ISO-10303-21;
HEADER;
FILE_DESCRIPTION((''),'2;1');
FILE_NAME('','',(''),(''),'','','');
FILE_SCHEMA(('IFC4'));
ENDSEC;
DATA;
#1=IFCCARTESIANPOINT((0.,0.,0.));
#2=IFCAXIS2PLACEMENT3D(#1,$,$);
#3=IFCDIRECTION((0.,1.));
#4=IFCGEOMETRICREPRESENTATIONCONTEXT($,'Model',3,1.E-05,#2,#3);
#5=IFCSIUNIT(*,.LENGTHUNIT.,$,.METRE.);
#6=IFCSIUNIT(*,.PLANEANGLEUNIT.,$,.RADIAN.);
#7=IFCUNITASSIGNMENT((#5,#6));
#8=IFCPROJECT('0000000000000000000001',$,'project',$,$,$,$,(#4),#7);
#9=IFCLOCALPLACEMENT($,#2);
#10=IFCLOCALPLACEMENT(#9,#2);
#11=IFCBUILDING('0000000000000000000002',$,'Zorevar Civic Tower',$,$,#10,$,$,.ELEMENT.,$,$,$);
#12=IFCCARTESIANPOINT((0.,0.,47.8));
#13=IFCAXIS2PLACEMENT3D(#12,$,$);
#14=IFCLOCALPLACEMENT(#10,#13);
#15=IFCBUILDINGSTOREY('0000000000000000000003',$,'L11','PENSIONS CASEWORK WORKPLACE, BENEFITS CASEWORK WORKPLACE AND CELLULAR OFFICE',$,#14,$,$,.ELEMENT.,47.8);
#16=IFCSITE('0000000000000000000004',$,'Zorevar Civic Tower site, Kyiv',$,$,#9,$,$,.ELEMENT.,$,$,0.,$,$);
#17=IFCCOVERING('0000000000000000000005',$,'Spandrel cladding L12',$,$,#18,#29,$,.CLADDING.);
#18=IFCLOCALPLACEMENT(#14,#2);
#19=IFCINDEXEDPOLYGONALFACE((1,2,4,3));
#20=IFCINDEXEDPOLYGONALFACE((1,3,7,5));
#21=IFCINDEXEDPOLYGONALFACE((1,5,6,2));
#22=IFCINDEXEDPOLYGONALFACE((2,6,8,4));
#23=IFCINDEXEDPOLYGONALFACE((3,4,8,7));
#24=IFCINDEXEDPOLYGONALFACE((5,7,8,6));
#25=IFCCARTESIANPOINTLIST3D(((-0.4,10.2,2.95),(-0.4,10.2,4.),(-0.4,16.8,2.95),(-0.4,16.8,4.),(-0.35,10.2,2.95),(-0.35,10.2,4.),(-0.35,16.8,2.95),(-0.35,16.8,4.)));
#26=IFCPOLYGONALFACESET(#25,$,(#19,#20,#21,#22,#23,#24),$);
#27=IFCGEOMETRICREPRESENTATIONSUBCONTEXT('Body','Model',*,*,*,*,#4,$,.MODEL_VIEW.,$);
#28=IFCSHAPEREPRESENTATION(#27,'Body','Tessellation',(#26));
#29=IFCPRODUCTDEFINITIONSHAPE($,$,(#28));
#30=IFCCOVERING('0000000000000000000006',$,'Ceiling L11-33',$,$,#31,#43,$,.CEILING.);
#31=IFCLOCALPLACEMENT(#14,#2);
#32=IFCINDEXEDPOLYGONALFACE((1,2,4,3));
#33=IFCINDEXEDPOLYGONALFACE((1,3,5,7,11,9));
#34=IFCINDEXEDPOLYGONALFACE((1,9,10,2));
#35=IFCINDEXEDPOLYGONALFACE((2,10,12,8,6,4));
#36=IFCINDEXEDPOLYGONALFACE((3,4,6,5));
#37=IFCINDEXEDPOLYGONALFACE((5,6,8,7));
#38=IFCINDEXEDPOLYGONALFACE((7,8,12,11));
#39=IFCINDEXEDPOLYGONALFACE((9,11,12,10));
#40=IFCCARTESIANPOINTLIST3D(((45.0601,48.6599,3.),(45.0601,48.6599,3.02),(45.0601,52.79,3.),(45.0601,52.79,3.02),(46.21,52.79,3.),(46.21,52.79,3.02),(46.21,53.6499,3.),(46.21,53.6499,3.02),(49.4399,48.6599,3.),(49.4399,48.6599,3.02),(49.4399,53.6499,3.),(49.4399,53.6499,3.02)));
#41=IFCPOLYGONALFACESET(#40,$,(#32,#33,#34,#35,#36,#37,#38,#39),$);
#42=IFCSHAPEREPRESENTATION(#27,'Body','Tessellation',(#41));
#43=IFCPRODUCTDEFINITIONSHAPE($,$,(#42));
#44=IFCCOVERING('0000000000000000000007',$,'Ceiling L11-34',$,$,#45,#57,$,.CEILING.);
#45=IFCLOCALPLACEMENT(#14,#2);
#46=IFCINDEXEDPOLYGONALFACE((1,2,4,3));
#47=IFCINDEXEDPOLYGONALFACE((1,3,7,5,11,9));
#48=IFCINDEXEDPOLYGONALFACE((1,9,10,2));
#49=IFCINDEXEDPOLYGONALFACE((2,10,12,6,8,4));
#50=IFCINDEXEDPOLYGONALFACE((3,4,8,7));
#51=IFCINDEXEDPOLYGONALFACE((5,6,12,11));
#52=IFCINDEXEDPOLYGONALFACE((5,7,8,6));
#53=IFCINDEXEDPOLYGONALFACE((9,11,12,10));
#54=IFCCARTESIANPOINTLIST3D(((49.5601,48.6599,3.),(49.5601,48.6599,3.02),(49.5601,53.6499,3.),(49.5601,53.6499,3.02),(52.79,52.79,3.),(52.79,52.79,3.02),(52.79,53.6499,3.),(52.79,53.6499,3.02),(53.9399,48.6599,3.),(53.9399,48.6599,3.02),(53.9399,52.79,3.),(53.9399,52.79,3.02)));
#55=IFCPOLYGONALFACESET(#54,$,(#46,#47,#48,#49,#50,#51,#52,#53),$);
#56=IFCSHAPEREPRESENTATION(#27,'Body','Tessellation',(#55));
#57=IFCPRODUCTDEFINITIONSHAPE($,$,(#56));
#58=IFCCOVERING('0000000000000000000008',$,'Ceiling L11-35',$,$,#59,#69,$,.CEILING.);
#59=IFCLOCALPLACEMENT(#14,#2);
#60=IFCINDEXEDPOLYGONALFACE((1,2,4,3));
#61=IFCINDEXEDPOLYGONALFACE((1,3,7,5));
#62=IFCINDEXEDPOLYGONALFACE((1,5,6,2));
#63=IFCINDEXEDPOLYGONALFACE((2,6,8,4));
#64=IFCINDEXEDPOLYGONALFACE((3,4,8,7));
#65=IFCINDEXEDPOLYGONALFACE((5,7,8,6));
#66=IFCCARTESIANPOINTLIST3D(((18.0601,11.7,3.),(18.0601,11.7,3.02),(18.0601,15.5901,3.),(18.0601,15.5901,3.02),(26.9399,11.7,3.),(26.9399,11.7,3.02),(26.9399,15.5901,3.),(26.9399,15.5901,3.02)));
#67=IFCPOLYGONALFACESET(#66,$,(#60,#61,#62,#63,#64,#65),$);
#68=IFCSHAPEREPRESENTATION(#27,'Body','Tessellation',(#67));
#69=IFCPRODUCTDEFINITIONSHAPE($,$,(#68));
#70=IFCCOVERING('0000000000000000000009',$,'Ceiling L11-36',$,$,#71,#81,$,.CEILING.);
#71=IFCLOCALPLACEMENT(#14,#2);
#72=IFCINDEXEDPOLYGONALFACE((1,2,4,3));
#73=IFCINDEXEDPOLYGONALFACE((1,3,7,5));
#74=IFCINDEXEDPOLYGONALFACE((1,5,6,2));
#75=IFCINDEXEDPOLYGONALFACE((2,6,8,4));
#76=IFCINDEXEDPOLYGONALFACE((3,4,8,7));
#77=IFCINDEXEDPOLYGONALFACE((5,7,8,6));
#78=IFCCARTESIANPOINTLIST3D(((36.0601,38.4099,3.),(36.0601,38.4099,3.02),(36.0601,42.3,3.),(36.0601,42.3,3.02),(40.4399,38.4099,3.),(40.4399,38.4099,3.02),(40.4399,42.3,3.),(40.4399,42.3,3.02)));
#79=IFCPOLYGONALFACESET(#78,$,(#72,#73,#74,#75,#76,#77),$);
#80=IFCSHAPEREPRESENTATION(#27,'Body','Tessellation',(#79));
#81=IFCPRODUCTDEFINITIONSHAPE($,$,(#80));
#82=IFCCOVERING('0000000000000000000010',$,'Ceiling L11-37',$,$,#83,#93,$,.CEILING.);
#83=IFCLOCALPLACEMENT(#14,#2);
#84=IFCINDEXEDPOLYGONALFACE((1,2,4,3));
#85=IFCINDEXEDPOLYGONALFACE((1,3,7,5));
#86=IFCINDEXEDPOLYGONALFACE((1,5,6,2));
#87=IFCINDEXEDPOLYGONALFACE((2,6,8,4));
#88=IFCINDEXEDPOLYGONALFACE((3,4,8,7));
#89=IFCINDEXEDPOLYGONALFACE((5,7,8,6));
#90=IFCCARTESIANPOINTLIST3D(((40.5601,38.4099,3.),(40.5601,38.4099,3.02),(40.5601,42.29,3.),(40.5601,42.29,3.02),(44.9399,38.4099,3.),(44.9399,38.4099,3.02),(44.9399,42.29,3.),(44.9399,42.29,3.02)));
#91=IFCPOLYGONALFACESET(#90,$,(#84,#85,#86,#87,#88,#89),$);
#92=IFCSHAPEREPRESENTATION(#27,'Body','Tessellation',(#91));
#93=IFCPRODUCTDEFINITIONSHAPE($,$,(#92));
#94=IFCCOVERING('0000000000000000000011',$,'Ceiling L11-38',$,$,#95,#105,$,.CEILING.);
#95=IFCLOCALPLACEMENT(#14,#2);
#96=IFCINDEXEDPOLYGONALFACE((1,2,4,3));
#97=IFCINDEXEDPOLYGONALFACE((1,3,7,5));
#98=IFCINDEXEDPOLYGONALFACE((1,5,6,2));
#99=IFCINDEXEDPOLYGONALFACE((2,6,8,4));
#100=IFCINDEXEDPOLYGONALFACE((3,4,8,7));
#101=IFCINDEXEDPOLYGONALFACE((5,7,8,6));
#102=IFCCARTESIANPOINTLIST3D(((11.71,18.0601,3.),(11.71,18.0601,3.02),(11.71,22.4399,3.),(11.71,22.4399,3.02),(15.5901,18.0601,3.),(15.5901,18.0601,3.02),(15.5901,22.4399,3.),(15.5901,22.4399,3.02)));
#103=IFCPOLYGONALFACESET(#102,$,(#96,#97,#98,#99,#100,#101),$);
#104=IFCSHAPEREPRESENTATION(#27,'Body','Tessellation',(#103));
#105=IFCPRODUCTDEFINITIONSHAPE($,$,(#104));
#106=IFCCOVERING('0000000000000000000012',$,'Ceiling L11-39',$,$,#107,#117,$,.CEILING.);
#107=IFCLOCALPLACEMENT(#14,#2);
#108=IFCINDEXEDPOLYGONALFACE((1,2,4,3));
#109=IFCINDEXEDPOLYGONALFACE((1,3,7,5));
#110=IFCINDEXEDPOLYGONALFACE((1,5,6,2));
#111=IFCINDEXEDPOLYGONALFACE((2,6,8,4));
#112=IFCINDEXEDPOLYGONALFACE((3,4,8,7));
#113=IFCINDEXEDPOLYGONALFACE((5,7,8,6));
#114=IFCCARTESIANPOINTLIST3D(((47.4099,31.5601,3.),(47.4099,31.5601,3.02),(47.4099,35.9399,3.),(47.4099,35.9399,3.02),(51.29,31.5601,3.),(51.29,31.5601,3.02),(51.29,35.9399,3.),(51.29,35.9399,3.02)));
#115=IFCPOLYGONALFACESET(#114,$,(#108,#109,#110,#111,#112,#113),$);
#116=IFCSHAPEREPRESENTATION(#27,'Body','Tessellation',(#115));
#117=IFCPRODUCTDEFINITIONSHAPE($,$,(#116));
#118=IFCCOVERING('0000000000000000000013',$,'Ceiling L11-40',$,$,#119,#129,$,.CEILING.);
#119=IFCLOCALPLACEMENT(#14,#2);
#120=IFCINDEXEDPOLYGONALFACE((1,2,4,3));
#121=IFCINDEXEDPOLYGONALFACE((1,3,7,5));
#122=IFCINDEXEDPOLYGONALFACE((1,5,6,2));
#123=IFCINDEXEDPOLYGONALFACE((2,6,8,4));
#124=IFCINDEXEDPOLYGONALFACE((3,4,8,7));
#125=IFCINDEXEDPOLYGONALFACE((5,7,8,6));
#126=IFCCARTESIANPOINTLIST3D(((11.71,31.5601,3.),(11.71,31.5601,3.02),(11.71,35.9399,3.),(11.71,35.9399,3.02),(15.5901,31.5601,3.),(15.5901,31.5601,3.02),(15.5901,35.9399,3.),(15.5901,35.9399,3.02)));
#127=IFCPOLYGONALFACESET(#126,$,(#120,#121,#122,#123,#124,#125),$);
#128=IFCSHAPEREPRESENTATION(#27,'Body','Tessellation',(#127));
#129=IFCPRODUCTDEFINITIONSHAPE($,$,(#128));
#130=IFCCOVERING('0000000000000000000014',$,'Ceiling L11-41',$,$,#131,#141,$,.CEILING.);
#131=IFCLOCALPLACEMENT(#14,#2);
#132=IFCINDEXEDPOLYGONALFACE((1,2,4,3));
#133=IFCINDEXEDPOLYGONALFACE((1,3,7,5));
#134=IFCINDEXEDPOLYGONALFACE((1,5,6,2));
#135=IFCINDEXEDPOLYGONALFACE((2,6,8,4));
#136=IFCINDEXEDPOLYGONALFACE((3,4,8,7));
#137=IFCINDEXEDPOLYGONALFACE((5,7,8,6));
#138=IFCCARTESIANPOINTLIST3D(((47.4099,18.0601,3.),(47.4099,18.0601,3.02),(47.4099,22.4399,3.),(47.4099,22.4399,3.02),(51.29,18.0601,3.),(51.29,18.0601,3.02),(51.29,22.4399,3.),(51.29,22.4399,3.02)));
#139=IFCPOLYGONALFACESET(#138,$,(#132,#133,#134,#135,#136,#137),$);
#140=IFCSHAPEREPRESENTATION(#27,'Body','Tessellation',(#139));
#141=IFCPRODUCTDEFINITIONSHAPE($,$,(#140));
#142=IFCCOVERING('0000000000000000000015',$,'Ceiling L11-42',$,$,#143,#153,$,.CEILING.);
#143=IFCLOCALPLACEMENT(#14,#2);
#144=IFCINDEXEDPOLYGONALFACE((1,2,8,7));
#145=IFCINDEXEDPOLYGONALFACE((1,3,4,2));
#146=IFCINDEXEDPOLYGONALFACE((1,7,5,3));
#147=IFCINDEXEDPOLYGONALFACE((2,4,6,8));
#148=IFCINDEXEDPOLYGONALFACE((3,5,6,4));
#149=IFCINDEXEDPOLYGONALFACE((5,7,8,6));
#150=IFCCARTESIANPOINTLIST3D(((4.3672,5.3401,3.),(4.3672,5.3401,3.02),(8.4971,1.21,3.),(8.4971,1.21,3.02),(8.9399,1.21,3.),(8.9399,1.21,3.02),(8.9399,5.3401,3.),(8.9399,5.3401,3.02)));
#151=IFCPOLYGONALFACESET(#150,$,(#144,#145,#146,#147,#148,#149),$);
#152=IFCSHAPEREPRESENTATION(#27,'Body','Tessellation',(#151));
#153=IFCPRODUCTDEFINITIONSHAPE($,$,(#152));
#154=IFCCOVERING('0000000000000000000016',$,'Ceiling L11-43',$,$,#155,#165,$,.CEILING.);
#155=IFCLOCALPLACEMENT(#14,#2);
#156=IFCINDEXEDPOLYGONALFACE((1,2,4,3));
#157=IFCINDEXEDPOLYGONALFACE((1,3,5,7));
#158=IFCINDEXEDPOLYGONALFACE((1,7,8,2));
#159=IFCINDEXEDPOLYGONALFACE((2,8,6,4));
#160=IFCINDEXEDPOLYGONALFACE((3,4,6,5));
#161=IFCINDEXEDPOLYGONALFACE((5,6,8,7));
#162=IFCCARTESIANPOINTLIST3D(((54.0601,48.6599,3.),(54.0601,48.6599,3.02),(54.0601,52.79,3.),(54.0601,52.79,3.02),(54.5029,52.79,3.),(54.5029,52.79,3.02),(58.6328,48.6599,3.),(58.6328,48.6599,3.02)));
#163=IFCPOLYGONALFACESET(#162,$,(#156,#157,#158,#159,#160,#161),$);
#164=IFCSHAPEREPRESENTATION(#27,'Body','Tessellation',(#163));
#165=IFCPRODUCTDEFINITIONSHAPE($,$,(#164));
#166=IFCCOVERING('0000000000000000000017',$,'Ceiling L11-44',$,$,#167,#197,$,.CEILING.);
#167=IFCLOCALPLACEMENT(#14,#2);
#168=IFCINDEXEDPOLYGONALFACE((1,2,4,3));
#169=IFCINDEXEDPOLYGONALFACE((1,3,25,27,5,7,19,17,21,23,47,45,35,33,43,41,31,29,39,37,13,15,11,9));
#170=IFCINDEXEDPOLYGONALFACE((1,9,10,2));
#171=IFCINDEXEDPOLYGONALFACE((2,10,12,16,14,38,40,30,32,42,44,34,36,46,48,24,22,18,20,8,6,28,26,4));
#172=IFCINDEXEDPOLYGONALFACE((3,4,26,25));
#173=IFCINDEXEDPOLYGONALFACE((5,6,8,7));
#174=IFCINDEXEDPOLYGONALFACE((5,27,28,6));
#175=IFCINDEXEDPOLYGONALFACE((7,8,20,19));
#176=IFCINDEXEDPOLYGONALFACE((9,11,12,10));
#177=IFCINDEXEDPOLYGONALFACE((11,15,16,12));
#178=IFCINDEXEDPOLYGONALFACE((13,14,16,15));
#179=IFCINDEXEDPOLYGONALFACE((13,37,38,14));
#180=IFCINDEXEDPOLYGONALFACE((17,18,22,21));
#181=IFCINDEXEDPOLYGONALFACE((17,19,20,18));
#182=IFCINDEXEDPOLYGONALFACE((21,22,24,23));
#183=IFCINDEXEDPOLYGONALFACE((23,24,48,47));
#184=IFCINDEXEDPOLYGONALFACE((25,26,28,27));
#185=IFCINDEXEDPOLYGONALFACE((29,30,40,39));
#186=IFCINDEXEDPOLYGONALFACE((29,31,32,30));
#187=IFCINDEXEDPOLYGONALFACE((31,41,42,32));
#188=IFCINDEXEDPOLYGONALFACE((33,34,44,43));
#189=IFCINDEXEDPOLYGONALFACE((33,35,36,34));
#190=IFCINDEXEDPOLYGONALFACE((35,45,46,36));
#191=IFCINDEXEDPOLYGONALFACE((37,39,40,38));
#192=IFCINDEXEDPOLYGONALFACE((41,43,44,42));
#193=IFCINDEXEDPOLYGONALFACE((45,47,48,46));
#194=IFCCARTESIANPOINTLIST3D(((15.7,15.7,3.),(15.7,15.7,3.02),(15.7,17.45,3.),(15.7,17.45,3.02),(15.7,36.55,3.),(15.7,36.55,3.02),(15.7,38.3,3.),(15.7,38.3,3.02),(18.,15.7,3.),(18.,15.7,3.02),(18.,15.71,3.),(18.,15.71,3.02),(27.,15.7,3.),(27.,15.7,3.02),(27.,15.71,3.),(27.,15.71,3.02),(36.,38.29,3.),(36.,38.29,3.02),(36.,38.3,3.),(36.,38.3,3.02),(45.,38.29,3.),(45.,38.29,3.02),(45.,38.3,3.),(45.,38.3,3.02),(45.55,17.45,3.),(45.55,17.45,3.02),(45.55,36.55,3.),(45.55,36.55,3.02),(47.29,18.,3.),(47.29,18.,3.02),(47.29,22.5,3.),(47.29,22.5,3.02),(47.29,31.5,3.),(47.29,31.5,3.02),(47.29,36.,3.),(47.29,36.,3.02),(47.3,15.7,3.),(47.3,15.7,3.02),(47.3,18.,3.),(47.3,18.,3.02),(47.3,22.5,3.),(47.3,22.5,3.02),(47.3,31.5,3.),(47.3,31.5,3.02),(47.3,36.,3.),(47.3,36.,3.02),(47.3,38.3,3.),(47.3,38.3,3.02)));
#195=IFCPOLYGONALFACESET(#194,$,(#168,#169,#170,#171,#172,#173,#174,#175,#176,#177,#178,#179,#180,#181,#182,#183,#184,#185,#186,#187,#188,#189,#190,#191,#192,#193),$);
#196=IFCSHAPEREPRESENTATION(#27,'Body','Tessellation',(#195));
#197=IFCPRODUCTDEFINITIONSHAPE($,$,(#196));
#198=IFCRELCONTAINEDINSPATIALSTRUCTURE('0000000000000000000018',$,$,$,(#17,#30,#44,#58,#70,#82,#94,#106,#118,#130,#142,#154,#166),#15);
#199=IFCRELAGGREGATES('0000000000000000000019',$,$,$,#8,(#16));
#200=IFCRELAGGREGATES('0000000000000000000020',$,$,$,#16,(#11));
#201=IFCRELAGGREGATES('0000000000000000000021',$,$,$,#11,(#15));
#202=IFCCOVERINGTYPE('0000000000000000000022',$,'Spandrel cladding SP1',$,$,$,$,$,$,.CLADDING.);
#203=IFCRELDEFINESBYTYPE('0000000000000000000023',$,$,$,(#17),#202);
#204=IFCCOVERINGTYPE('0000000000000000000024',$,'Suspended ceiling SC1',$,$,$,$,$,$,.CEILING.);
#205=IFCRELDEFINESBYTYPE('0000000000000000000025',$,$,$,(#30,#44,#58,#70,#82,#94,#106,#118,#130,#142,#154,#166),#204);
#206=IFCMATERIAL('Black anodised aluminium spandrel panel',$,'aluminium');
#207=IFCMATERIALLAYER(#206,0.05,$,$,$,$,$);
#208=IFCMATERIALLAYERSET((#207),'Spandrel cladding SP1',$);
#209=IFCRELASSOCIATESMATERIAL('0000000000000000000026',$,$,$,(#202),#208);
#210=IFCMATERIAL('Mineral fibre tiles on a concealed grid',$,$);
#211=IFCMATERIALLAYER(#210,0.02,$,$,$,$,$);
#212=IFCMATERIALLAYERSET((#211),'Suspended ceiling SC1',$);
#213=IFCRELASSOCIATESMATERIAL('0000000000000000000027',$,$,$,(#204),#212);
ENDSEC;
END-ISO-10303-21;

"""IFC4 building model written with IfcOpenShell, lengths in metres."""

from ifc_helpers import new_model, si_unit, direction, frame, frame_2d, origin, place, context, subcontext, project, spatial, polyline, rectangle, outline, extrude, material, layer, layer_set, type_object, element, save


model = new_model("IFC4")

# Units and contexts
model_context = context("Model", 3, precision=1e-05, world=origin(), true_north=direction((0.0, 1.0)))
body_context = subcontext(model_context, "Body", "Model", "MODEL_VIEW")
ifc_project = project(units=[si_unit("LENGTHUNIT", "METRE"), si_unit("PLANEANGLEUNIT", "RADIAN")], contexts=[model_context])

# Site, building, storey
site_placement = place(None, origin())
site = spatial("IfcSite", under=ifc_project, at=site_placement, Name="Zorevar Civic Tower site, Kyiv", CompositionType="ELEMENT", RefElevation=0.0)
building_placement = place(site_placement, origin())
building = spatial("IfcBuilding", under=site, at=building_placement, Name="Zorevar Civic Tower", CompositionType="ELEMENT")
storey_placement = place(building_placement, frame((0.0, 0.0, 47.8)))
storey = spatial("IfcBuildingStorey", under=building, at=storey_placement, Name="L11", Description="PENSIONS CASEWORK WORKPLACE, BENEFITS CASEWORK WORKPLACE AND CELLULAR OFFICE", CompositionType="ELEMENT", Elevation=47.8)

# Coverings
ifc_material_1 = material(Name="Black anodised aluminium spandrel panel", Category="aluminium")
ifc_layer_1 = layer(ifc_material_1, 0.05)
ifc_layer_set_1 = layer_set([ifc_layer_1], Name="Spandrel cladding SP1")
covering_type_1 = type_object("IfcCoveringType", Name="Spandrel cladding SP1", PredefinedType="CLADDING", material=ifc_layer_set_1)
covering_1_placement = place(storey_placement, frame((-0.375, 10.2, 2.95), z_axis=(0.0, 0.0, 1.0), x_axis=(0.0, 1.0, 0.0)))
element("IfcCovering", 1, at=covering_1_placement, inside=storey, type_object=covering_type_1, Name="Spandrel cladding L12", PredefinedType="CLADDING", context=body_context, shape_type="SweptSolid", body=[
    extrude(rectangle(XDim=6.6001, YDim=0.05, at=frame_2d((3.3, 0.0))), origin(), (0.0, 0.0, 1.0), 1.05),
])
ifc_material_2 = material(Name="Mineral fibre tiles on a concealed grid")
ifc_layer_2 = layer(ifc_material_2, 0.02)
ifc_layer_set_2 = layer_set([ifc_layer_2], Name="Suspended ceiling SC1")
covering_type_2 = type_object("IfcCoveringType", Name="Suspended ceiling SC1", PredefinedType="CEILING", material=ifc_layer_set_2)
covering_2_placement = place(storey_placement, frame((0.0, 0.0, 3.0)))
element("IfcCovering", 2, at=covering_2_placement, inside=storey, type_object=covering_type_2, Name="Ceiling L11-33", PredefinedType="CEILING", context=body_context, shape_type="SweptSolid", body=[
    extrude(outline(polyline([(45.0601, 48.6599), (45.0601, 52.79), (46.21, 52.79), (46.21, 53.6499), (49.4399, 53.6499), (49.4399, 48.6599), (45.0601, 48.6599)])), origin(), (0.0, 0.0, 1.0), 0.02),
])
covering_3_placement = place(storey_placement, frame((0.0, 0.0, 3.0)))
element("IfcCovering", 3, at=covering_3_placement, inside=storey, type_object=covering_type_2, Name="Ceiling L11-34", PredefinedType="CEILING", context=body_context, shape_type="SweptSolid", body=[
    extrude(outline(polyline([(49.5601, 48.6599), (49.5601, 53.6499), (52.79, 53.6499), (52.79, 52.79), (53.9399, 52.79), (53.9399, 48.6599), (49.5601, 48.6599)])), origin(), (0.0, 0.0, 1.0), 0.02),
])
covering_4_placement = place(storey_placement, frame((0.0, 0.0, 3.0)))
element("IfcCovering", 4, at=covering_4_placement, inside=storey, type_object=covering_type_2, Name="Ceiling L11-35", PredefinedType="CEILING", context=body_context, shape_type="SweptSolid", body=[
    extrude(outline(polyline([(18.0601, 11.7), (18.0601, 15.5901), (26.9399, 15.5901), (26.9399, 11.7), (18.0601, 11.7)])), origin(), (0.0, 0.0, 1.0), 0.02),
])
covering_5_placement = place(storey_placement, frame((0.0, 0.0, 3.0)))
element("IfcCovering", 5, at=covering_5_placement, inside=storey, type_object=covering_type_2, Name="Ceiling L11-36", PredefinedType="CEILING", context=body_context, shape_type="SweptSolid", body=[
    extrude(outline(polyline([(36.0601, 38.4099), (36.0601, 42.3), (40.4399, 42.3), (40.4399, 38.4099), (36.0601, 38.4099)])), origin(), (0.0, 0.0, 1.0), 0.02),
])
covering_6_placement = place(storey_placement, frame((0.0, 0.0, 3.0)))
element("IfcCovering", 6, at=covering_6_placement, inside=storey, type_object=covering_type_2, Name="Ceiling L11-37", PredefinedType="CEILING", context=body_context, shape_type="SweptSolid", body=[
    extrude(outline(polyline([(40.5601, 38.4099), (40.5601, 42.29), (44.9399, 42.29), (44.9399, 38.4099), (40.5601, 38.4099)])), origin(), (0.0, 0.0, 1.0), 0.02),
])
covering_7_placement = place(storey_placement, frame((0.0, 0.0, 3.0)))
element("IfcCovering", 7, at=covering_7_placement, inside=storey, type_object=covering_type_2, Name="Ceiling L11-38", PredefinedType="CEILING", context=body_context, shape_type="SweptSolid", body=[
    extrude(outline(polyline([(15.5901, 22.4399), (15.5901, 18.0601), (11.71, 18.0601), (11.71, 22.4399), (15.5901, 22.4399)])), origin(), (0.0, 0.0, 1.0), 0.02),
])
covering_8_placement = place(storey_placement, frame((0.0, 0.0, 3.0)))
element("IfcCovering", 8, at=covering_8_placement, inside=storey, type_object=covering_type_2, Name="Ceiling L11-39", PredefinedType="CEILING", context=body_context, shape_type="SweptSolid", body=[
    extrude(outline(polyline([(51.29, 31.5601), (47.4099, 31.5601), (47.4099, 35.9399), (51.29, 35.9399), (51.29, 31.5601)])), origin(), (0.0, 0.0, 1.0), 0.02),
])
covering_9_placement = place(storey_placement, frame((0.0, 0.0, 3.0)))
element("IfcCovering", 9, at=covering_9_placement, inside=storey, type_object=covering_type_2, Name="Ceiling L11-40", PredefinedType="CEILING", context=body_context, shape_type="SweptSolid", body=[
    extrude(outline(polyline([(11.71, 31.5601), (11.71, 35.9399), (15.5901, 35.9399), (15.5901, 31.5601), (11.71, 31.5601)])), origin(), (0.0, 0.0, 1.0), 0.02),
])
covering_10_placement = place(storey_placement, frame((0.0, 0.0, 3.0)))
element("IfcCovering", 10, at=covering_10_placement, inside=storey, type_object=covering_type_2, Name="Ceiling L11-41", PredefinedType="CEILING", context=body_context, shape_type="SweptSolid", body=[
    extrude(outline(polyline([(51.29, 22.4399), (51.29, 18.0601), (47.4099, 18.0601), (47.4099, 22.4399), (51.29, 22.4399)])), origin(), (0.0, 0.0, 1.0), 0.02),
])
covering_11_placement = place(storey_placement, frame((0.0, 0.0, 3.0)))
element("IfcCovering", 11, at=covering_11_placement, inside=storey, type_object=covering_type_2, Name="Ceiling L11-42", PredefinedType="CEILING", context=body_context, shape_type="SweptSolid", body=[
    extrude(outline(polyline([(8.9399, 5.3401), (8.9399, 1.21), (8.4971, 1.21), (4.3672, 5.3401), (8.9399, 5.3401)])), origin(), (0.0, 0.0, 1.0), 0.02),
])
covering_12_placement = place(storey_placement, frame((0.0, 0.0, 3.0)))
element("IfcCovering", 12, at=covering_12_placement, inside=storey, type_object=covering_type_2, Name="Ceiling L11-43", PredefinedType="CEILING", context=body_context, shape_type="SweptSolid", body=[
    extrude(outline(polyline([(54.0601, 48.6599), (54.0601, 52.79), (54.5029, 52.79), (58.6328, 48.6599), (54.0601, 48.6599)])), origin(), (0.0, 0.0, 1.0), 0.02),
])
covering_13_placement = place(storey_placement, frame((0.0, 0.0, 3.0)))
element("IfcCovering", 13, at=covering_13_placement, inside=storey, type_object=covering_type_2, Name="Ceiling L11-44", PredefinedType="CEILING", context=body_context, shape_type="SweptSolid", body=[
    extrude(outline(polyline([(15.7, 38.3), (36.0, 38.3), (36.0, 38.29), (45.0, 38.29), (45.0, 38.3), (47.3, 38.3), (47.3, 36.0), (47.29, 36.0), (47.29, 31.5), (47.3, 31.5), (47.3, 22.5), (47.29, 22.5), (47.29, 18.0), (47.3, 18.0), (47.3, 15.7), (27.0, 15.7), (27.0, 15.71), (18.0, 15.71), (18.0, 15.7), (15.7, 15.7), (15.7, 17.45), (45.55, 17.45), (45.55, 36.55), (15.7, 36.55), (15.7, 38.3)])), origin(), (0.0, 0.0, 1.0), 0.02),
])

save(model, "model.ifc")
